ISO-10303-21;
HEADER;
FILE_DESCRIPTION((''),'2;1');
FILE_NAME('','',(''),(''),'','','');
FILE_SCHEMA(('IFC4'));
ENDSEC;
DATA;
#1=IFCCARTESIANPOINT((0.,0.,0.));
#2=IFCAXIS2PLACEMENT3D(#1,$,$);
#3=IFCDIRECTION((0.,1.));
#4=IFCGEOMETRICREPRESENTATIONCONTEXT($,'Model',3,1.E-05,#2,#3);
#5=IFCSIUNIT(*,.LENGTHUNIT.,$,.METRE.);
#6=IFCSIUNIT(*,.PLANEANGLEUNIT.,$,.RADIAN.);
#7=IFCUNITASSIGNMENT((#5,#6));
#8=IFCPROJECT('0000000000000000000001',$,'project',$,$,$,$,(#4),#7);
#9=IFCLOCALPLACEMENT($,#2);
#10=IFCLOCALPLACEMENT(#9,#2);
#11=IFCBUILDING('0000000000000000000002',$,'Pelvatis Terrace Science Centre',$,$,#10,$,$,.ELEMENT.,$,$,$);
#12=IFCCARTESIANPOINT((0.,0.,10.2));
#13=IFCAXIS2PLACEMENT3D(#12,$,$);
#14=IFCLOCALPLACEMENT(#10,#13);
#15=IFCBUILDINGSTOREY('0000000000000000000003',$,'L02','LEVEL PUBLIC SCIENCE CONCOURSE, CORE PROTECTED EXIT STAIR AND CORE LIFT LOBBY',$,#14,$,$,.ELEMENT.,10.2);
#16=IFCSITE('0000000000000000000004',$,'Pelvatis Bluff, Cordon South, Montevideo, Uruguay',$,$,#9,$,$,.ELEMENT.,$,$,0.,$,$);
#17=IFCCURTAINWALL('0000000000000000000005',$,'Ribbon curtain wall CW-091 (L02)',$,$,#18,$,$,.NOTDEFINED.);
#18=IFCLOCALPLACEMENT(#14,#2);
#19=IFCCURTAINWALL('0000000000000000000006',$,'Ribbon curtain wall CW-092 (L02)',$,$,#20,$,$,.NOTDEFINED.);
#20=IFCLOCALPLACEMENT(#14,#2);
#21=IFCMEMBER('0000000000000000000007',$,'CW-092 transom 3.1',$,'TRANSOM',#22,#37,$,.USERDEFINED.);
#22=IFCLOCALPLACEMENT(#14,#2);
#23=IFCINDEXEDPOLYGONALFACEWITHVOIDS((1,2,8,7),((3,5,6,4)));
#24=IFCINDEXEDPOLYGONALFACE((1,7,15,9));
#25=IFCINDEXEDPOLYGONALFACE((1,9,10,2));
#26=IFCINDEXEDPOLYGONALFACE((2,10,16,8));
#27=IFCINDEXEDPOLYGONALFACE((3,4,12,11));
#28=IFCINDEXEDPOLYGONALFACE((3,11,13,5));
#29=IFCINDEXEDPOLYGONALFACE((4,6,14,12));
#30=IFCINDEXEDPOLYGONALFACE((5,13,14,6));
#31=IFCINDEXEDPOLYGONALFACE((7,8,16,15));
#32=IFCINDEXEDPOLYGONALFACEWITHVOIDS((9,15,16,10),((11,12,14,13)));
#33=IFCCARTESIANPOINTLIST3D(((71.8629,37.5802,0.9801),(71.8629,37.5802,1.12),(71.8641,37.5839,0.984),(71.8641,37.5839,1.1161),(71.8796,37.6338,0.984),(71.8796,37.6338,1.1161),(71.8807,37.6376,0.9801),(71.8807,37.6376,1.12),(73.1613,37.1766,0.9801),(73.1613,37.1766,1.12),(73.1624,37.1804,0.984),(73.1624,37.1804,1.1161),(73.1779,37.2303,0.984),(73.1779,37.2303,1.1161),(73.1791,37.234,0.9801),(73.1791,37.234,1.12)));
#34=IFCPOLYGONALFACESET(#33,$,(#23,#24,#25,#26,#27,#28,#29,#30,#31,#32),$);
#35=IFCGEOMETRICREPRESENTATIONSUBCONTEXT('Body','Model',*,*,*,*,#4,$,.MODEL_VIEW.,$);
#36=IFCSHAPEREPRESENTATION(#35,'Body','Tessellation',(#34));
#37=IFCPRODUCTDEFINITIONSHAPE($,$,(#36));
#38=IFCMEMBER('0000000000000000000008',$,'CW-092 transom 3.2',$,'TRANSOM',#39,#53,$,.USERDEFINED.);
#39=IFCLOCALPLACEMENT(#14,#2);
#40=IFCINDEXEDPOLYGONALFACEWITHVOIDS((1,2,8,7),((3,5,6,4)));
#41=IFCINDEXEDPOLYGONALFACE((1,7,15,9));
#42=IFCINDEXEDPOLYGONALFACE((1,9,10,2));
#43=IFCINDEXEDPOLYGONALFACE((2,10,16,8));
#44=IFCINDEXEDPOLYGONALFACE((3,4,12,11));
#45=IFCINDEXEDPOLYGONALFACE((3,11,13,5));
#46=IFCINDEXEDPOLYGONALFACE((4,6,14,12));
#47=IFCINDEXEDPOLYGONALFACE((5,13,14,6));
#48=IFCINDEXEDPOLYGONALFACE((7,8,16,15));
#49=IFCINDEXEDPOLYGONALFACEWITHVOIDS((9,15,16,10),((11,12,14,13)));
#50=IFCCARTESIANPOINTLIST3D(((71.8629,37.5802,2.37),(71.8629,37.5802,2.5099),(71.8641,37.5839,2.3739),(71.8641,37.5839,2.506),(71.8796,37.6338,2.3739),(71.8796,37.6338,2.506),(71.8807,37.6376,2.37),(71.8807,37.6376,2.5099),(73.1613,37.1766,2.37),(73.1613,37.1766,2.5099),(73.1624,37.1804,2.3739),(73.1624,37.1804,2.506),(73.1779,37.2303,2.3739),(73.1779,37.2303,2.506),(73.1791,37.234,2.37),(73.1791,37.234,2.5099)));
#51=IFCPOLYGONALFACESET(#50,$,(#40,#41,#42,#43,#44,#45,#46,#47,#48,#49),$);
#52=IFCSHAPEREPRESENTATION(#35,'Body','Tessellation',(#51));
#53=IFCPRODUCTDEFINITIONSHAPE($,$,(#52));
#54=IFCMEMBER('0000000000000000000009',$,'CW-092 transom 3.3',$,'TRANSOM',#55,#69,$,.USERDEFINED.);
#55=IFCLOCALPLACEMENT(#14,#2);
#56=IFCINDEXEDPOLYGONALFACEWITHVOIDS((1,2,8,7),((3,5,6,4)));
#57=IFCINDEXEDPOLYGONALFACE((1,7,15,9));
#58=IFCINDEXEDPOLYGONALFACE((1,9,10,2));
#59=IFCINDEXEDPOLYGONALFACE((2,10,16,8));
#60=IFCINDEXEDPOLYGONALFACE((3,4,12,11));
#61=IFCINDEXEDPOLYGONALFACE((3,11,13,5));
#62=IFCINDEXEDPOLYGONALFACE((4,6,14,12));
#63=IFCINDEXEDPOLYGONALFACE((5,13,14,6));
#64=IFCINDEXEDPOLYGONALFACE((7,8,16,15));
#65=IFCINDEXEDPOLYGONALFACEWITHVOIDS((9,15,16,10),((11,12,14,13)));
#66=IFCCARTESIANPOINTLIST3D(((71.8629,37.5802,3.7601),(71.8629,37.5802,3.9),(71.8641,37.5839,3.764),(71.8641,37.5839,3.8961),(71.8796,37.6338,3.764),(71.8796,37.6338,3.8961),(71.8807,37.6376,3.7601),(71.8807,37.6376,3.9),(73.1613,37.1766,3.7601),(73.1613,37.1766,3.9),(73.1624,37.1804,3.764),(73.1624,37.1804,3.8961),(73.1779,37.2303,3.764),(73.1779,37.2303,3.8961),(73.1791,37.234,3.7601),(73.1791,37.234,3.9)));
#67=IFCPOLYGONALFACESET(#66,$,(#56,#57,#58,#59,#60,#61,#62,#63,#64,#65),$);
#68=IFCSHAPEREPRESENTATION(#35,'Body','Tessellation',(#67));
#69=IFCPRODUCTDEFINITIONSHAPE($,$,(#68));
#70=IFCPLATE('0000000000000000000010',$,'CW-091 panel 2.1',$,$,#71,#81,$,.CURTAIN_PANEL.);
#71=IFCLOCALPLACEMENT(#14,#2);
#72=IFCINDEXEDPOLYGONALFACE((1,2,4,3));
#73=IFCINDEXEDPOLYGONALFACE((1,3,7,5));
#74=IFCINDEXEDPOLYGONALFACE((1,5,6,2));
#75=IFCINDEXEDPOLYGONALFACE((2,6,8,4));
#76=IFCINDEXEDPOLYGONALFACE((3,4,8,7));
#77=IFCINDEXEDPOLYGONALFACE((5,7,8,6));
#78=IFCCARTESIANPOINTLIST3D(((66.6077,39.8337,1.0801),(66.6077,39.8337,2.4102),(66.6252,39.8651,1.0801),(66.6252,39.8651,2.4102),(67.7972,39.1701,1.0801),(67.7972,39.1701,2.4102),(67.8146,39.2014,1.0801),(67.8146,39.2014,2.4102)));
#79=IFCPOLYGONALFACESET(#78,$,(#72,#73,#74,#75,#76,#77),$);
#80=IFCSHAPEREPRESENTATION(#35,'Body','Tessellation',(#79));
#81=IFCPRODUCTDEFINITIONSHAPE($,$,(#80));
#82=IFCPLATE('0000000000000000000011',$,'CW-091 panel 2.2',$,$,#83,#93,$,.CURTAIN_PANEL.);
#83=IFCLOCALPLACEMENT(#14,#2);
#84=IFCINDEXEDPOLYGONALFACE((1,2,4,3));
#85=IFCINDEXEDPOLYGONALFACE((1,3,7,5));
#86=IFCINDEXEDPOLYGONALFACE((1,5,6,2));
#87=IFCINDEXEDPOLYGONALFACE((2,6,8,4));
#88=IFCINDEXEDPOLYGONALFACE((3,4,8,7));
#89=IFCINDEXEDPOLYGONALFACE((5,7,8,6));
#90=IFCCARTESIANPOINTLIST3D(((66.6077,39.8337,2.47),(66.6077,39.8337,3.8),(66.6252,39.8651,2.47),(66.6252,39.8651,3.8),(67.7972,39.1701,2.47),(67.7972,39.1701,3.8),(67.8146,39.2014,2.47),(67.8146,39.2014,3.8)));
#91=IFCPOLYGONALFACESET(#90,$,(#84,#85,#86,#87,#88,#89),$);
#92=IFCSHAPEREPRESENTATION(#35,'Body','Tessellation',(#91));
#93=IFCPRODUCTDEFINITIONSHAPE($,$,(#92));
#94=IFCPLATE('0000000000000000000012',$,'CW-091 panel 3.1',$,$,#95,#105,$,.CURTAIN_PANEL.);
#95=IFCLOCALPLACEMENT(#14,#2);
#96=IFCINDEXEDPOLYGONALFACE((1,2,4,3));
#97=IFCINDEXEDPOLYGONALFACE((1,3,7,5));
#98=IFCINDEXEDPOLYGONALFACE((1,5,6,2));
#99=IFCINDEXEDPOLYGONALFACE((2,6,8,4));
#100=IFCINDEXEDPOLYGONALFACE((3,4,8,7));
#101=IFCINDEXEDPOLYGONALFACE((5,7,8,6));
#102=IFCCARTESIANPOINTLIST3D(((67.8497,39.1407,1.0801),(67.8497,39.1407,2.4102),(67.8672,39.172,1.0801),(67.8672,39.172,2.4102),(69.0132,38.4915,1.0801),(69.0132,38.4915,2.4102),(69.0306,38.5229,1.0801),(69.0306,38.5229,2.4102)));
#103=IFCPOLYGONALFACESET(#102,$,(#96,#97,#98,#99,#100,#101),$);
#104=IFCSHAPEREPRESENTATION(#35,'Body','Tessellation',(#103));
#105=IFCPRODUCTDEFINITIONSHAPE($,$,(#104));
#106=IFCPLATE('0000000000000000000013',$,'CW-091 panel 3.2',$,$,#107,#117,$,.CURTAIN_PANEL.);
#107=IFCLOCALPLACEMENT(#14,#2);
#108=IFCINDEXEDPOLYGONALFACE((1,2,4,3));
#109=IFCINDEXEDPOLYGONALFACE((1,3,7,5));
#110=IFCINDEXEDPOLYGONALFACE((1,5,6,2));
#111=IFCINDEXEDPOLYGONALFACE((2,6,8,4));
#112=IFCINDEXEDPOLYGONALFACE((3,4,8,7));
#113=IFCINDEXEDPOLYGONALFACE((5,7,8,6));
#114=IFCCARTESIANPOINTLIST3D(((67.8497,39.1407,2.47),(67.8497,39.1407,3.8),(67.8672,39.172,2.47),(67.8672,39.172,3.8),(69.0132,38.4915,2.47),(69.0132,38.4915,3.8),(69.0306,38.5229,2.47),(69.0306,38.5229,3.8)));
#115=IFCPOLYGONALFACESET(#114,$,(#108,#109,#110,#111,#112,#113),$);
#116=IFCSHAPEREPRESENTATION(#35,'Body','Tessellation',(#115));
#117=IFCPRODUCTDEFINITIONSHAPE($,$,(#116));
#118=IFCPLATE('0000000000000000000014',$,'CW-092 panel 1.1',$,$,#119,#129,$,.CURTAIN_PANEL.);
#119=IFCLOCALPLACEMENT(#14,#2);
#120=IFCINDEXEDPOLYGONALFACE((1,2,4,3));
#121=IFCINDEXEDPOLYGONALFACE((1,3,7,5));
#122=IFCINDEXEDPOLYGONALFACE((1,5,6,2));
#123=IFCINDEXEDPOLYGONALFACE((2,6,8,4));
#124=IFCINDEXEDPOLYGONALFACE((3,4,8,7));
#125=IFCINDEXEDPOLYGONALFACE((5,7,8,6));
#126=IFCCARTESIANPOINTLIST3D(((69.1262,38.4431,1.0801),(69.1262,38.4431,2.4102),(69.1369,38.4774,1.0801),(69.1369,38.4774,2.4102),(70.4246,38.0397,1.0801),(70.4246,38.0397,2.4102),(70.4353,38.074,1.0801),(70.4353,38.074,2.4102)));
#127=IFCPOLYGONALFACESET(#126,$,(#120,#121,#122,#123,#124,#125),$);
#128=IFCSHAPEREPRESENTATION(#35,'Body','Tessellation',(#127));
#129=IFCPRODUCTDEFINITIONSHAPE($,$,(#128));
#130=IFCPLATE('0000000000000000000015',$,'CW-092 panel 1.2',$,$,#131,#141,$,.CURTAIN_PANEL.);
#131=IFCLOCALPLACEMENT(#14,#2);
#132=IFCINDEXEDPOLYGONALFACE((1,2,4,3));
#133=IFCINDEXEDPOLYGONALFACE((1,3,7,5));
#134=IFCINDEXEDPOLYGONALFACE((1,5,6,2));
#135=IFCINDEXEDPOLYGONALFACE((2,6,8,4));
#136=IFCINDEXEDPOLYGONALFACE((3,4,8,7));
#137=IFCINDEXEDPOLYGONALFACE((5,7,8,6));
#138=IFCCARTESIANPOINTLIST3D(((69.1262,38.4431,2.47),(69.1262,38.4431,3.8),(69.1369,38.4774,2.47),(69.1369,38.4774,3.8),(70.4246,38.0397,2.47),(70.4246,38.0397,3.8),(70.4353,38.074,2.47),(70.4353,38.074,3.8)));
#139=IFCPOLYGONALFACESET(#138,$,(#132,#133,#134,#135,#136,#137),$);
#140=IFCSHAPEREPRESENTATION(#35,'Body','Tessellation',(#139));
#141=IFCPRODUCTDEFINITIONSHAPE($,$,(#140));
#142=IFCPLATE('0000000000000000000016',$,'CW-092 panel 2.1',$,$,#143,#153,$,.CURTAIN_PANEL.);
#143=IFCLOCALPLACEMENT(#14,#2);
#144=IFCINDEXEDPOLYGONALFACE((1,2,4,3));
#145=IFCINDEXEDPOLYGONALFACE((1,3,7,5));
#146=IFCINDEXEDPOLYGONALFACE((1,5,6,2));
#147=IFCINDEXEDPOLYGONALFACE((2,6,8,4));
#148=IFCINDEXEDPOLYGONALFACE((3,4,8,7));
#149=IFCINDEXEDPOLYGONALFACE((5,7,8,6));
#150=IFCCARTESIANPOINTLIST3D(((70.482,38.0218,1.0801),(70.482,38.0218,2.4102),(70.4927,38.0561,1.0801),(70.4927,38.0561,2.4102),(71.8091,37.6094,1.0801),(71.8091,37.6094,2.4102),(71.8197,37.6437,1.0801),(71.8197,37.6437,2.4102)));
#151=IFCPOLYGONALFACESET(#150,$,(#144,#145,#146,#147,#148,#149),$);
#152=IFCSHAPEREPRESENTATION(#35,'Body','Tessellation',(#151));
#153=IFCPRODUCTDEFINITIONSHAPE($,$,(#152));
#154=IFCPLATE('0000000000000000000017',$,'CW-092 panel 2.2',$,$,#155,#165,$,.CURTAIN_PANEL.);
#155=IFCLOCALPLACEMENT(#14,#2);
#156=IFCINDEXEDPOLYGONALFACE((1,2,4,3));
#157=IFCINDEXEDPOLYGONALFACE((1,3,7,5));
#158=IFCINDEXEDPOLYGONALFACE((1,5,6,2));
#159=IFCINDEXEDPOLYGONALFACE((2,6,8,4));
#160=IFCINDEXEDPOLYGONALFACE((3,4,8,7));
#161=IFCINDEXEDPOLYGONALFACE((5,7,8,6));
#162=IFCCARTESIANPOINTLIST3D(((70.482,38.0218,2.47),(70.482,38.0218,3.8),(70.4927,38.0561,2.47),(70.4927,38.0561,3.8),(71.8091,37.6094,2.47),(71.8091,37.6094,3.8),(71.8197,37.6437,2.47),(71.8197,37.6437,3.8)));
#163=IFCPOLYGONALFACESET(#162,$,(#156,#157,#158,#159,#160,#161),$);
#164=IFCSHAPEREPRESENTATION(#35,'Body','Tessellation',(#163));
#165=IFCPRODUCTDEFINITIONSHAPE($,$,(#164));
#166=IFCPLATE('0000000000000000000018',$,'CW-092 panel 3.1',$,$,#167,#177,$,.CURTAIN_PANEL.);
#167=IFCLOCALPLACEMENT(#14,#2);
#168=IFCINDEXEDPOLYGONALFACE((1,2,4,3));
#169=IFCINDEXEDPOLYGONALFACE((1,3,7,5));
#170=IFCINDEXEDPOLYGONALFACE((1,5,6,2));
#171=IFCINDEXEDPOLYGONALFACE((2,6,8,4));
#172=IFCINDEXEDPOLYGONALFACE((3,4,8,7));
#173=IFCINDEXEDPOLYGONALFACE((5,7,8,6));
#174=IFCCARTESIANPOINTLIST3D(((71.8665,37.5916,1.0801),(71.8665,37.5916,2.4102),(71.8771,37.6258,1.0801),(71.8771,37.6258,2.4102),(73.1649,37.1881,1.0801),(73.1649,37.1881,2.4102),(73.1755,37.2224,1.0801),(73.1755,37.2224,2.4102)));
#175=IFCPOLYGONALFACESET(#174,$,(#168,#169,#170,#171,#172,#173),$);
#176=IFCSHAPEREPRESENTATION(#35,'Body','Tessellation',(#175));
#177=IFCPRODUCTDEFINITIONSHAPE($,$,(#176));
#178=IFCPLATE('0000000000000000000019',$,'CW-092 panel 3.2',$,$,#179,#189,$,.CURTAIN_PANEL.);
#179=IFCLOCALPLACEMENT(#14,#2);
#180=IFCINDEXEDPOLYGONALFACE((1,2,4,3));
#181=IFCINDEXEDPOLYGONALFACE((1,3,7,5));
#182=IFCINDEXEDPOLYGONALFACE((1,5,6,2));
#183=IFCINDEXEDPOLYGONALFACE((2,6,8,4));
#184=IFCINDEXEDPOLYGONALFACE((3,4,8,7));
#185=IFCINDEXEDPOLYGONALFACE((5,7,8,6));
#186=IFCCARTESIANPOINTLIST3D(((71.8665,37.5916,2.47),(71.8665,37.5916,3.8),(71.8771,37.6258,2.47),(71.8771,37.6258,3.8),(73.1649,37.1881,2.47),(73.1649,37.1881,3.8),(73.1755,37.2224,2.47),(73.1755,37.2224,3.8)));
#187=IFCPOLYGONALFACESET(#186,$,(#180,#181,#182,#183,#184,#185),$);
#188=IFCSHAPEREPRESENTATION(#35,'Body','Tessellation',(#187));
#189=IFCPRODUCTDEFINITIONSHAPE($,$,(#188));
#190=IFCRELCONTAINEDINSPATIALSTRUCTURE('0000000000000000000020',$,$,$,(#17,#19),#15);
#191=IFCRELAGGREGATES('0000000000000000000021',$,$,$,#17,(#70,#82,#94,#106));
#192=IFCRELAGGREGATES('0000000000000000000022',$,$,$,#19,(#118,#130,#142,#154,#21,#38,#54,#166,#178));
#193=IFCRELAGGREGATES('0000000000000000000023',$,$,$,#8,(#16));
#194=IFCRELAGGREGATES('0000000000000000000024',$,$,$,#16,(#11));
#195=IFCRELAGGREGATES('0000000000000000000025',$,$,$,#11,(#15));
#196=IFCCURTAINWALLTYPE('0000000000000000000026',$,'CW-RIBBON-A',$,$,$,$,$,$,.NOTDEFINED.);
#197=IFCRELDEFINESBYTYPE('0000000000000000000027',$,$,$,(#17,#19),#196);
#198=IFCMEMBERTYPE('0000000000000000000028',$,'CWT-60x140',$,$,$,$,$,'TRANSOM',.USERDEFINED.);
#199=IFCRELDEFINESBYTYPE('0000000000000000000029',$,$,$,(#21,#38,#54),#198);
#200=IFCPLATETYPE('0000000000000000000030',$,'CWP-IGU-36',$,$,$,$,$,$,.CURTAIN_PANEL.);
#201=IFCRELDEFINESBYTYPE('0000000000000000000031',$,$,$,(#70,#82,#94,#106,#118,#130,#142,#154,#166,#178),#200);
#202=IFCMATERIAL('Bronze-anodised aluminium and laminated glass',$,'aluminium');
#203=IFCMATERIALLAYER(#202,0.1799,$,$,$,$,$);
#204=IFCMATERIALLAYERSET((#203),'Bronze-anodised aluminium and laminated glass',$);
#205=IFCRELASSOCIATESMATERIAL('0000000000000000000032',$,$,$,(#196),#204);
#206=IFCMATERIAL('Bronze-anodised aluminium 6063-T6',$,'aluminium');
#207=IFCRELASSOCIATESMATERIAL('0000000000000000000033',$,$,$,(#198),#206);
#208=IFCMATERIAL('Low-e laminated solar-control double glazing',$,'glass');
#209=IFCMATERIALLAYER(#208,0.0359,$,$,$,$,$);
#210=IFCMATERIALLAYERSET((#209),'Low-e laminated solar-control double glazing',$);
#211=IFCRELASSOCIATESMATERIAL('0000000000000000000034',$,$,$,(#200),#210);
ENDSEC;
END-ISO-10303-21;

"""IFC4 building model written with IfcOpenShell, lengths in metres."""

from ifc_helpers import new_model, si_unit, direction, frame, origin, origin_2d, place, context, subcontext, project, spatial, rectangle, hollow_rectangle, extrude, material, layer, layer_set, material_profile, profile_set, type_object, element, aggregate, save


model = new_model("IFC4")

# Units and contexts
model_context = context("Model", 3, precision=1e-05, world=origin(), true_north=direction((0.0, 1.0)))
body_context = subcontext(model_context, "Body", "Model", "MODEL_VIEW")
ifc_project = project(units=[si_unit("LENGTHUNIT", "METRE"), si_unit("PLANEANGLEUNIT", "RADIAN")], contexts=[model_context])

# Site, building, storey
site_placement = place(None, origin())
site = spatial("IfcSite", under=ifc_project, at=site_placement, Name="Pelvatis Bluff, Cordon South, Montevideo, Uruguay", CompositionType="ELEMENT", RefElevation=0.0)
building_placement = place(site_placement, origin())
building = spatial("IfcBuilding", under=site, at=building_placement, Name="Pelvatis Terrace Science Centre", CompositionType="ELEMENT")
storey_placement = place(building_placement, frame((0.0, 0.0, 10.2)))
storey = spatial("IfcBuildingStorey", under=building, at=storey_placement, Name="L02", Description="LEVEL PUBLIC SCIENCE CONCOURSE, CORE PROTECTED EXIT STAIR AND CORE LIFT LOBBY", CompositionType="ELEMENT", Elevation=10.2)

# Curtain walls
ifc_material_1 = material(Name="Bronze-anodised aluminium and laminated glass", Category="aluminium")
ifc_layer_1 = layer(ifc_material_1, 0.1799)
ifc_layer_set_1 = layer_set([ifc_layer_1], Name="Bronze-anodised aluminium and laminated glass")
curtain_wall_type = type_object("IfcCurtainWallType", Name="CW-RIBBON-A", PredefinedType="NOTDEFINED", material=ifc_layer_set_1)
curtain_wall_1_placement = place(storey_placement, origin())
curtain_wall_1 = element("IfcCurtainWall", 1, at=curtain_wall_1_placement, inside=storey, type_object=curtain_wall_type, Name="Ribbon curtain wall CW-091 (L02)", PredefinedType="NOTDEFINED")
curtain_wall_2_placement = place(storey_placement, origin())
curtain_wall_2 = element("IfcCurtainWall", 2, at=curtain_wall_2_placement, inside=storey, type_object=curtain_wall_type, Name="Ribbon curtain wall CW-092 (L02)", PredefinedType="NOTDEFINED")

# Members
ifc_material_2 = material(Name="Bronze-anodised aluminium 6063-T6", Category="aluminium")
ifc_material_profile_1 = material_profile(ifc_material_2, hollow_rectangle(XDim=0.0601, YDim=0.1399, WallThickness=0.0039, at=origin_2d()), Name="ALU-TRN 60x140")
ifc_profile_set_1 = profile_set([ifc_material_profile_1], Name="Bronze-anodised aluminium 6063-T6")
member_type_1 = type_object("IfcMemberType", Name="CWT-60x140", ElementType="TRANSOM", PredefinedType="USERDEFINED", material=ifc_profile_set_1)
member_1_placement = place(storey_placement, frame((71.8718, 37.6089, 1.05), z_axis=(0.954933, -0.296823, 0.0), x_axis=(0.296823, 0.954933, 0.0)))
member_1 = element("IfcMember", 3, at=member_1_placement, type_object=member_type_1, Name="CW-092 transom 3.1", ObjectType="TRANSOM", PredefinedType="USERDEFINED", context=body_context, shape_type="SweptSolid", body=[
    extrude(hollow_rectangle(XDim=0.0601, YDim=0.1399, WallThickness=0.0039, at=origin_2d()), origin(), (0.0, 0.0, 1.0), 1.3596),
])
member_2_placement = place(storey_placement, frame((71.8718, 37.6089, 2.4399), z_axis=(0.954933, -0.296823, 0.0), x_axis=(0.296823, 0.954933, 0.0)))
member_2 = element("IfcMember", 4, at=member_2_placement, type_object=member_type_1, Name="CW-092 transom 3.2", ObjectType="TRANSOM", PredefinedType="USERDEFINED", context=body_context, shape_type="SweptSolid", body=[
    extrude(hollow_rectangle(XDim=0.0601, YDim=0.1399, WallThickness=0.0039, at=origin_2d()), origin(), (0.0, 0.0, 1.0), 1.3596),
])
member_3_placement = place(storey_placement, frame((71.8718, 37.6089, 3.8301), z_axis=(0.954933, -0.296823, 0.0), x_axis=(0.296823, 0.954933, 0.0)))
member_3 = element("IfcMember", 5, at=member_3_placement, type_object=member_type_1, Name="CW-092 transom 3.3", ObjectType="TRANSOM", PredefinedType="USERDEFINED", context=body_context, shape_type="SweptSolid", body=[
    extrude(hollow_rectangle(XDim=0.0601, YDim=0.1399, WallThickness=0.0039, at=origin_2d()), origin(), (0.0, 0.0, 1.0), 1.3596),
])

# Plates
ifc_material_3 = material(Name="Low-e laminated solar-control double glazing", Category="glass")
ifc_layer_2 = layer(ifc_material_3, 0.0359)
ifc_layer_set_2 = layer_set([ifc_layer_2], Name="Low-e laminated solar-control double glazing")
plate_type = type_object("IfcPlateType", Name="CWP-IGU-36", PredefinedType="CURTAIN_PANEL", material=ifc_layer_set_2)
plate_1_placement = place(storey_placement, frame((67.2112, 39.5176, 1.0801), z_axis=(0.0, 0.0, 1.0), x_axis=(0.873259, -0.487256, 0.0)))
plate_1 = element("IfcPlate", 6, at=plate_1_placement, type_object=plate_type, Name="CW-091 panel 2.1", PredefinedType="CURTAIN_PANEL", context=body_context, shape_type="SweptSolid", body=[
    extrude(rectangle(XDim=1.3621, YDim=0.0359, at=origin_2d()), origin(), (0.0, 0.0, 1.0), 1.3301),
])
plate_2_placement = place(storey_placement, frame((67.2112, 39.5176, 2.47), z_axis=(0.0, 0.0, 1.0), x_axis=(0.873259, -0.487256, 0.0)))
plate_2 = element("IfcPlate", 7, at=plate_2_placement, type_object=plate_type, Name="CW-091 panel 2.2", PredefinedType="CURTAIN_PANEL", context=body_context, shape_type="SweptSolid", body=[
    extrude(rectangle(XDim=1.3621, YDim=0.0359, at=origin_2d()), origin(), (0.0, 0.0, 1.0), 1.3301),
])
plate_3_placement = place(storey_placement, frame((68.4402, 38.8318, 1.0801), z_axis=(0.0, 0.0, 1.0), x_axis=(0.873259, -0.487256, 0.0)))
plate_3 = element("IfcPlate", 8, at=plate_3_placement, type_object=plate_type, Name="CW-091 panel 3.1", PredefinedType="CURTAIN_PANEL", context=body_context, shape_type="SweptSolid", body=[
    extrude(rectangle(XDim=1.3323, YDim=0.0359, at=origin_2d()), origin(), (0.0, 0.0, 1.0), 1.3301),
])
plate_4_placement = place(storey_placement, frame((68.4402, 38.8318, 2.47), z_axis=(0.0, 0.0, 1.0), x_axis=(0.873259, -0.487256, 0.0)))
plate_4 = element("IfcPlate", 9, at=plate_4_placement, type_object=plate_type, Name="CW-091 panel 3.2", PredefinedType="CURTAIN_PANEL", context=body_context, shape_type="SweptSolid", body=[
    extrude(rectangle(XDim=1.3323, YDim=0.0359, at=origin_2d()), origin(), (0.0, 0.0, 1.0), 1.3301),
])
aggregate(curtain_wall_1, [plate_1, plate_2, plate_3, plate_4])
plate_5_placement = place(storey_placement, frame((69.7808, 38.2585, 1.0801), z_axis=(0.0, 0.0, 1.0), x_axis=(0.954957, -0.296744, 0.0)))
plate_5 = element("IfcPlate", 10, at=plate_5_placement, type_object=plate_type, Name="CW-092 panel 1.1", PredefinedType="CURTAIN_PANEL", context=body_context, shape_type="SweptSolid", body=[
    extrude(rectangle(XDim=1.3596, YDim=0.0359, at=origin_2d()), origin(), (0.0, 0.0, 1.0), 1.3301),
])
plate_6_placement = place(storey_placement, frame((69.7808, 38.2585, 2.47), z_axis=(0.0, 0.0, 1.0), x_axis=(0.954957, -0.296744, 0.0)))
plate_6 = element("IfcPlate", 11, at=plate_6_placement, type_object=plate_type, Name="CW-092 panel 1.2", PredefinedType="CURTAIN_PANEL", context=body_context, shape_type="SweptSolid", body=[
    extrude(rectangle(XDim=1.3596, YDim=0.0359, at=origin_2d()), origin(), (0.0, 0.0, 1.0), 1.3301),
])
plate_7_placement = place(storey_placement, frame((71.1509, 37.8328, 1.0801), z_axis=(0.0, 0.0, 1.0), x_axis=(0.954957, -0.296744, 0.0)))
plate_7 = element("IfcPlate", 12, at=plate_7_placement, type_object=plate_type, Name="CW-092 panel 2.1", PredefinedType="CURTAIN_PANEL", context=body_context, shape_type="SweptSolid", body=[
    extrude(rectangle(XDim=1.3896, YDim=0.0359, at=origin_2d()), origin(), (0.0, 0.0, 1.0), 1.3301),
])
plate_8_placement = place(storey_placement, frame((71.1509, 37.8328, 2.47), z_axis=(0.0, 0.0, 1.0), x_axis=(0.954957, -0.296744, 0.0)))
plate_8 = element("IfcPlate", 13, at=plate_8_placement, type_object=plate_type, Name="CW-092 panel 2.2", PredefinedType="CURTAIN_PANEL", context=body_context, shape_type="SweptSolid", body=[
    extrude(rectangle(XDim=1.3896, YDim=0.0359, at=origin_2d()), origin(), (0.0, 0.0, 1.0), 1.3301),
])
plate_9_placement = place(storey_placement, frame((72.521, 37.407, 1.0801), z_axis=(0.0, 0.0, 1.0), x_axis=(0.954957, -0.296744, 0.0)))
plate_9 = element("IfcPlate", 14, at=plate_9_placement, type_object=plate_type, Name="CW-092 panel 3.1", PredefinedType="CURTAIN_PANEL", context=body_context, shape_type="SweptSolid", body=[
    extrude(rectangle(XDim=1.3596, YDim=0.0359, at=origin_2d()), origin(), (0.0, 0.0, 1.0), 1.3301),
])
plate_10_placement = place(storey_placement, frame((72.521, 37.407, 2.47), z_axis=(0.0, 0.0, 1.0), x_axis=(0.954957, -0.296744, 0.0)))
plate_10 = element("IfcPlate", 15, at=plate_10_placement, type_object=plate_type, Name="CW-092 panel 3.2", PredefinedType="CURTAIN_PANEL", context=body_context, shape_type="SweptSolid", body=[
    extrude(rectangle(XDim=1.3596, YDim=0.0359, at=origin_2d()), origin(), (0.0, 0.0, 1.0), 1.3301),
])
aggregate(curtain_wall_2, [plate_5, plate_6, plate_7, plate_8, member_1, member_2, member_3, plate_9, plate_10])

save(model, "model.ifc")
